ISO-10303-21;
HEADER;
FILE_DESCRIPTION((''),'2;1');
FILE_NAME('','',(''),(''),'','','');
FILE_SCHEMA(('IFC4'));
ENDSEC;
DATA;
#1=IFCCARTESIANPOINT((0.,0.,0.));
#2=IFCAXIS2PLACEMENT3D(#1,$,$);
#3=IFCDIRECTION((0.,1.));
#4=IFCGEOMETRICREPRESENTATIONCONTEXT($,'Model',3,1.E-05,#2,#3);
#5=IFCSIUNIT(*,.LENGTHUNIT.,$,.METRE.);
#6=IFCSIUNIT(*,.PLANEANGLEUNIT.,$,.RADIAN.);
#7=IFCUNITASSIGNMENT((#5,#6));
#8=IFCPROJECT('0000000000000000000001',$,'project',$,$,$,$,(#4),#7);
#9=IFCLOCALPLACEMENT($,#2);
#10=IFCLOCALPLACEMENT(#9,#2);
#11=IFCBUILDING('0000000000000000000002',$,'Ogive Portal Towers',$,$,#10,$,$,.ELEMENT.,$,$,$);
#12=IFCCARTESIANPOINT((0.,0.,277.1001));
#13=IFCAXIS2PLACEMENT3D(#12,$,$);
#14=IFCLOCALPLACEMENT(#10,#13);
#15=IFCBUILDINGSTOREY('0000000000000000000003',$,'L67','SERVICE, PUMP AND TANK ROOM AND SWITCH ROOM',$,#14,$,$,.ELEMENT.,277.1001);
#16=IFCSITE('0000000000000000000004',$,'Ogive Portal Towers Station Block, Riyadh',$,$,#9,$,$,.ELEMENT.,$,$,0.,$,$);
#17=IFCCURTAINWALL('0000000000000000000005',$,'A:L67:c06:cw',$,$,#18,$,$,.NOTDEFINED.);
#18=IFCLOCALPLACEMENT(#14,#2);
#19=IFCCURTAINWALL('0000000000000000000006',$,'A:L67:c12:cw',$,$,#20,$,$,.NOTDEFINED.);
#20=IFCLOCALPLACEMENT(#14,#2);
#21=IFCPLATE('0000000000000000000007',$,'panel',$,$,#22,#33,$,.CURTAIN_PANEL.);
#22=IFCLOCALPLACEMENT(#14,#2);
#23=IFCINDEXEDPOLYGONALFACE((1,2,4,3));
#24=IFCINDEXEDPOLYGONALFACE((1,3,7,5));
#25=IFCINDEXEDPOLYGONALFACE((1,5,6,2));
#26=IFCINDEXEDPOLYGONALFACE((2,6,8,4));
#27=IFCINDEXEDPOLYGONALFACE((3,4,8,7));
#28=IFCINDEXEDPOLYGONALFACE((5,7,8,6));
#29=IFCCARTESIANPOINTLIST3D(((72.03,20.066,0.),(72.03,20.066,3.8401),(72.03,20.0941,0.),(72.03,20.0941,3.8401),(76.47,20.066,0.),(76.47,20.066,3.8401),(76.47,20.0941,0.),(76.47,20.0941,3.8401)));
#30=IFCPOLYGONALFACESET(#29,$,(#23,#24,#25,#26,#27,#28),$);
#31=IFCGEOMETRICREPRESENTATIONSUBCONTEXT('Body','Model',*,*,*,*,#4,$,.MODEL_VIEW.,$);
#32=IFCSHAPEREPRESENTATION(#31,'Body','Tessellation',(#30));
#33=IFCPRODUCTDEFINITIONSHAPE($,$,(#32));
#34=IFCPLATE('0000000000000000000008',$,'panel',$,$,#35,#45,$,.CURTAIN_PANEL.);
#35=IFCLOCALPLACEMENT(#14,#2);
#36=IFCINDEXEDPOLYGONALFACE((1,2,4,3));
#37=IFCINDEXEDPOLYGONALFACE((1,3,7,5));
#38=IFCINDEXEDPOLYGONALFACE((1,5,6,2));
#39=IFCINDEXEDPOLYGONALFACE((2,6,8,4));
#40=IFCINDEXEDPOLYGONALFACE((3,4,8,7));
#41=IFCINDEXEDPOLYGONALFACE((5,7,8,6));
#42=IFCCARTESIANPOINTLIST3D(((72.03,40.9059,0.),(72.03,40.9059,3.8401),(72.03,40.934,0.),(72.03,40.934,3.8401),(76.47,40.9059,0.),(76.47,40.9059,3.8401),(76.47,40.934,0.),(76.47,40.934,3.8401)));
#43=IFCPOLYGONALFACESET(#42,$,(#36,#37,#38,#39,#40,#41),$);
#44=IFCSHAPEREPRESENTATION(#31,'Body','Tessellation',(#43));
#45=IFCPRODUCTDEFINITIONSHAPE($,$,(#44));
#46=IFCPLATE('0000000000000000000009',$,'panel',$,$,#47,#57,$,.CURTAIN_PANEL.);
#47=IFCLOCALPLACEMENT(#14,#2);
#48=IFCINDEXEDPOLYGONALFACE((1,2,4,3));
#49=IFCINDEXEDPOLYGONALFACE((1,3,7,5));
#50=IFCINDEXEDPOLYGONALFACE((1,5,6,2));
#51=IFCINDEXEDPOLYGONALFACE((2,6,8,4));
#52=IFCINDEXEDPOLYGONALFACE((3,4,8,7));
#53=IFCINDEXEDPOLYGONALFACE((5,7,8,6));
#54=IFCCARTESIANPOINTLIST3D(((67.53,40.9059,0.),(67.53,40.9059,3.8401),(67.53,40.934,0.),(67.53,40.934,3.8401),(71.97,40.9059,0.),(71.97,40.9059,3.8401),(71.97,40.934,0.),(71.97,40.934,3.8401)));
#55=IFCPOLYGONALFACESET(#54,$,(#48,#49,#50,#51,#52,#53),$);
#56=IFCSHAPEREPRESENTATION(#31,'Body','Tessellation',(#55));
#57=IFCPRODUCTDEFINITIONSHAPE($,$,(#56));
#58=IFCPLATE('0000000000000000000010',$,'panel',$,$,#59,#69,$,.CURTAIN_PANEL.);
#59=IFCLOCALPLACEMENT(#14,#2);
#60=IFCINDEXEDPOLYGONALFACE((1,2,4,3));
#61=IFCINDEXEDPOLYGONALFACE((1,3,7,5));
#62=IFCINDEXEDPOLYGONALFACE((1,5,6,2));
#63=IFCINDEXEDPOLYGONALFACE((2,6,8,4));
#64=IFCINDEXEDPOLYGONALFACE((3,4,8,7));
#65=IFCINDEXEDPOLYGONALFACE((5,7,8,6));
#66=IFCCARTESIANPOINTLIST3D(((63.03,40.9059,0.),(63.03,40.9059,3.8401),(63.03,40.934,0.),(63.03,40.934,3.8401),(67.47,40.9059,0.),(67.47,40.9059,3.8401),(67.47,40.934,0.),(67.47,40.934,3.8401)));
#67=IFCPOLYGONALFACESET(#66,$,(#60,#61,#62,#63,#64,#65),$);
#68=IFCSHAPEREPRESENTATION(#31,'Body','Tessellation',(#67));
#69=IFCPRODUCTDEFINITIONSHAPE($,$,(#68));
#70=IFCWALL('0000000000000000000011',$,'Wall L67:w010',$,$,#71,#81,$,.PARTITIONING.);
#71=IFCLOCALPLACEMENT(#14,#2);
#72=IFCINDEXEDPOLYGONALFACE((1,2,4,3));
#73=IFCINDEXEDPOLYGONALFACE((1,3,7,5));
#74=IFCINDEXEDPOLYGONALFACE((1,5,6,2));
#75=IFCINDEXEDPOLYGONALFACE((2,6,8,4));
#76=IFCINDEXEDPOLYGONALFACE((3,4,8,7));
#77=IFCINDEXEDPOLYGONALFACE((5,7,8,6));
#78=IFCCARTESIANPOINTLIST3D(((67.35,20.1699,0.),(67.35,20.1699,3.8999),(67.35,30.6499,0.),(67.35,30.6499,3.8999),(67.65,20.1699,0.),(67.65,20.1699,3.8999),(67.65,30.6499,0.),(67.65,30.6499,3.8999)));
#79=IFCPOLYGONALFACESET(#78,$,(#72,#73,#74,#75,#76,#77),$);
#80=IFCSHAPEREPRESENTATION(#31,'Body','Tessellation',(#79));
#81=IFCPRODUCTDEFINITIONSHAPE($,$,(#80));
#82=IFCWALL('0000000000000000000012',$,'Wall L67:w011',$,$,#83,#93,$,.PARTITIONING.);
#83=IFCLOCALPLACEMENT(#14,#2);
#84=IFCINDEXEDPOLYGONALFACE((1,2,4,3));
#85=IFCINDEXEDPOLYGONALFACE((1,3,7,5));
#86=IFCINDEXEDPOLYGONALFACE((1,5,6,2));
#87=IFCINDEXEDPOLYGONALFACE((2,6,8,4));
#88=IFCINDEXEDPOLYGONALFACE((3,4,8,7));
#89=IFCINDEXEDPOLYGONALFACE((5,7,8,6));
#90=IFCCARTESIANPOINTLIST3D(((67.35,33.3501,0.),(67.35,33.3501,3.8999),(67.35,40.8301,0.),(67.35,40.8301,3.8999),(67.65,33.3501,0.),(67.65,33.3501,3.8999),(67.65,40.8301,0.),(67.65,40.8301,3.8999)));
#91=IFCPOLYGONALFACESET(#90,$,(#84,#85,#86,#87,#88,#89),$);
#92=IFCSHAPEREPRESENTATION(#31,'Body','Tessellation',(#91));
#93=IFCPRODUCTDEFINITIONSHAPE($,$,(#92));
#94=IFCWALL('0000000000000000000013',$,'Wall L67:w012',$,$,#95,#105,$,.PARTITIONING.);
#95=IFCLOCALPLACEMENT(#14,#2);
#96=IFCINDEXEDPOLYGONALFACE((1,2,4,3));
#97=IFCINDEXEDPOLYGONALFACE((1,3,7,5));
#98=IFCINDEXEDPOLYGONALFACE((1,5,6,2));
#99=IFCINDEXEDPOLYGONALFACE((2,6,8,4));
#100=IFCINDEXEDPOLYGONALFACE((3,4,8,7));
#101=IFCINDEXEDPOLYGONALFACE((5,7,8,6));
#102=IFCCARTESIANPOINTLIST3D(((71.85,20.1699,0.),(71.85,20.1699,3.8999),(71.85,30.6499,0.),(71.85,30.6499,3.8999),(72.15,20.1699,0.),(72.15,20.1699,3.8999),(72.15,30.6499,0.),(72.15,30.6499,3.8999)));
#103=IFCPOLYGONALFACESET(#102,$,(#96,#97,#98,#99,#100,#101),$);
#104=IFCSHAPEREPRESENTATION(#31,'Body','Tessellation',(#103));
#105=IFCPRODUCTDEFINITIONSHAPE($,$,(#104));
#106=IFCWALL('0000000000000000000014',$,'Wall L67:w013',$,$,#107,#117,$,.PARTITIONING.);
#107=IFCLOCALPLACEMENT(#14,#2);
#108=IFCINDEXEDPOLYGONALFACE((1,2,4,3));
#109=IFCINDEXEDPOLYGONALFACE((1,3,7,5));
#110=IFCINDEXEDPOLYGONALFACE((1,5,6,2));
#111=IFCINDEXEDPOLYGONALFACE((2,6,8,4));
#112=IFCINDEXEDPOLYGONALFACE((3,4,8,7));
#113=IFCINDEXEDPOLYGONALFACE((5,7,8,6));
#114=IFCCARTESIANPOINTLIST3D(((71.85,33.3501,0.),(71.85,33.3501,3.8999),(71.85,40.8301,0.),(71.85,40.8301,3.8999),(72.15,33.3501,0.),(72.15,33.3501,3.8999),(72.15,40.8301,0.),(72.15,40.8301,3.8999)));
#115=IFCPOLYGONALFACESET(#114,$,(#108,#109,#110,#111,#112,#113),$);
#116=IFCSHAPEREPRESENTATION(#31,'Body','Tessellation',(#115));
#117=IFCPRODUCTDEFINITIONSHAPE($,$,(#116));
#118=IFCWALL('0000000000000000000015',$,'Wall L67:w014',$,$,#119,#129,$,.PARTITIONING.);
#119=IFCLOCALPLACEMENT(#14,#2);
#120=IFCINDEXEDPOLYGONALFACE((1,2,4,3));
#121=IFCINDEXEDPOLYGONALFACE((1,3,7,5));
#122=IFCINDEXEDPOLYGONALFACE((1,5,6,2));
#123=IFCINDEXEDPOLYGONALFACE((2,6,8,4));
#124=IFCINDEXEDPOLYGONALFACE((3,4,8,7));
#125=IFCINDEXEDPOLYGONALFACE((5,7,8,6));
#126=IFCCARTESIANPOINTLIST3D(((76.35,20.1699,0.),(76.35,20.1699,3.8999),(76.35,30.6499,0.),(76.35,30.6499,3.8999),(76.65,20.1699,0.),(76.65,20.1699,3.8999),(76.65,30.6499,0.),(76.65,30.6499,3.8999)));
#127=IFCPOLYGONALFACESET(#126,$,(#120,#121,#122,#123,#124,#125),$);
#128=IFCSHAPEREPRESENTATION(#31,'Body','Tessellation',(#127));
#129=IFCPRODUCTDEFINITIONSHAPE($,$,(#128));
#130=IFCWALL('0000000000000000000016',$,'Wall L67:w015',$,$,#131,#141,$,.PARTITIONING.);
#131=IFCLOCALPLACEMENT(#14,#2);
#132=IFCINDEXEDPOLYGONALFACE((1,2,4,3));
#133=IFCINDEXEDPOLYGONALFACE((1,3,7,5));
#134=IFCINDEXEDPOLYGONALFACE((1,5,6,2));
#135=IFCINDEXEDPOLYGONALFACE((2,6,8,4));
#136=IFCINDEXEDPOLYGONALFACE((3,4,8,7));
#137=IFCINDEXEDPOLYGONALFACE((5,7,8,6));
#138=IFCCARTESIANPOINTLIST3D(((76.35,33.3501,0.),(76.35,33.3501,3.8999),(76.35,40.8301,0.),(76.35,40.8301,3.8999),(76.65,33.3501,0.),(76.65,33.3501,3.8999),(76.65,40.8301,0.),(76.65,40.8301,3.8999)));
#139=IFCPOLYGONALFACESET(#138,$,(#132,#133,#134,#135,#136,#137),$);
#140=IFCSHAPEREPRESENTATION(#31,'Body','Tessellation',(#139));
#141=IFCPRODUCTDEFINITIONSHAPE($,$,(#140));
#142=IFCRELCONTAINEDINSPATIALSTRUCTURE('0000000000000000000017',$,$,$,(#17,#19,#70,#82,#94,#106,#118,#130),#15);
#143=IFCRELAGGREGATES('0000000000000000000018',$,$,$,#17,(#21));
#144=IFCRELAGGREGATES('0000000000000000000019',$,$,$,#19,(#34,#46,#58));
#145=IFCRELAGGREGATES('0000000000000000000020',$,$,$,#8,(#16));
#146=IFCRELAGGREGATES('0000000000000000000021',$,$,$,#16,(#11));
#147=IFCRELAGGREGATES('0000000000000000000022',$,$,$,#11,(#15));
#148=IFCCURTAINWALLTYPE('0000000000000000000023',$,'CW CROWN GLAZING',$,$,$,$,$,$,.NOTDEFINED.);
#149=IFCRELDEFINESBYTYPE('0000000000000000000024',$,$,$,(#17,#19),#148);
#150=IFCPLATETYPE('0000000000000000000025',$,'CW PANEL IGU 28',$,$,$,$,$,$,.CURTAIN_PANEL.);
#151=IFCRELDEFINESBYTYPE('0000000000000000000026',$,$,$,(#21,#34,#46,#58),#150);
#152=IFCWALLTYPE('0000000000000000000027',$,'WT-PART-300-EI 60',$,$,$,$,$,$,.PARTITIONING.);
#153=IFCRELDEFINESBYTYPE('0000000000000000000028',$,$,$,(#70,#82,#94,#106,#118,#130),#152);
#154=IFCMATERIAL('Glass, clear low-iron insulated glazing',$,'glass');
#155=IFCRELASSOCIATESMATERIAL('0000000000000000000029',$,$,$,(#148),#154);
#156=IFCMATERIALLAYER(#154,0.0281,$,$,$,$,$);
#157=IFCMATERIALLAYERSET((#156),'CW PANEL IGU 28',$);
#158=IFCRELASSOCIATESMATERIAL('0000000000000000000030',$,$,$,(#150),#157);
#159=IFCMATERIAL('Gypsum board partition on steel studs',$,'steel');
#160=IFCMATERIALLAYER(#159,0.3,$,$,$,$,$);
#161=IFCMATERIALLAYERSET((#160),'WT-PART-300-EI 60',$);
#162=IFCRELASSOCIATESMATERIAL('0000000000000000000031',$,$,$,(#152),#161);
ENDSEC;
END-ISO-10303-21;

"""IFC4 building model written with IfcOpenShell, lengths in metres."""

from ifc_helpers import new_model, si_unit, direction, frame, frame_2d, origin, origin_2d, place, context, subcontext, project, spatial, rectangle, extrude, material, layer, layer_set, type_object, element, aggregate, save


model = new_model("IFC4")

# Units and contexts
model_context = context("Model", 3, precision=1e-05, world=origin(), true_north=direction((0.0, 1.0)))
body_context = subcontext(model_context, "Body", "Model", "MODEL_VIEW")
ifc_project = project(units=[si_unit("LENGTHUNIT", "METRE"), si_unit("PLANEANGLEUNIT", "RADIAN")], contexts=[model_context])

# Site, building, storey
site_placement = place(None, origin())
site = spatial("IfcSite", under=ifc_project, at=site_placement, Name="Ogive Portal Towers Station Block, Riyadh", CompositionType="ELEMENT", RefElevation=0.0)
building_placement = place(site_placement, origin())
building = spatial("IfcBuilding", under=site, at=building_placement, Name="Ogive Portal Towers", CompositionType="ELEMENT")
storey_placement = place(building_placement, frame((0.0, 0.0, 277.1001)))
storey = spatial("IfcBuildingStorey", under=building, at=storey_placement, Name="L67", Description="SERVICE, PUMP AND TANK ROOM AND SWITCH ROOM", CompositionType="ELEMENT", Elevation=277.1001)

# Curtain walls
ifc_material_1 = material(Name="Glass, clear low-iron insulated glazing", Category="glass")
curtain_wall_type = type_object("IfcCurtainWallType", Name="CW CROWN GLAZING", PredefinedType="NOTDEFINED", material=ifc_material_1)
curtain_wall_1_placement = place(storey_placement, origin())
curtain_wall_1 = element("IfcCurtainWall", 1, at=curtain_wall_1_placement, inside=storey, type_object=curtain_wall_type, Name="A:L67:c06:cw", PredefinedType="NOTDEFINED")
curtain_wall_2_placement = place(storey_placement, origin())
curtain_wall_2 = element("IfcCurtainWall", 2, at=curtain_wall_2_placement, inside=storey, type_object=curtain_wall_type, Name="A:L67:c12:cw", PredefinedType="NOTDEFINED")

# Plates
ifc_layer_1 = layer(ifc_material_1, 0.0281)
ifc_layer_set_1 = layer_set([ifc_layer_1], Name="CW PANEL IGU 28")
plate_type = type_object("IfcPlateType", Name="CW PANEL IGU 28", PredefinedType="CURTAIN_PANEL", material=ifc_layer_set_1)
plate_1_placement = place(storey_placement, frame((74.25, 20.0801, 0.0), z_axis=(0.0, 0.0, 1.0), x_axis=(1.0, 0.0, 0.0)))
plate_1 = element("IfcPlate", 3, at=plate_1_placement, type_object=plate_type, Name="panel", PredefinedType="CURTAIN_PANEL", context=body_context, shape_type="SweptSolid", body=[
    extrude(rectangle(XDim=4.4399, YDim=0.0281, at=origin_2d()), origin(), (0.0, 0.0, 1.0), 3.8401),
])
aggregate(curtain_wall_1, [plate_1])
plate_2_placement = place(storey_placement, frame((74.25, 40.9199, 0.0), z_axis=(0.0, 0.0, 1.0), x_axis=(-1.0, 0.0, 0.0)))
plate_2 = element("IfcPlate", 4, at=plate_2_placement, type_object=plate_type, Name="panel", PredefinedType="CURTAIN_PANEL", context=body_context, shape_type="SweptSolid", body=[
    extrude(rectangle(XDim=4.4399, YDim=0.0281, at=origin_2d()), origin(), (0.0, 0.0, 1.0), 3.8401),
])
plate_3_placement = place(storey_placement, frame((69.75, 40.9199, 0.0), z_axis=(0.0, 0.0, 1.0), x_axis=(-1.0, 0.0, 0.0)))
plate_3 = element("IfcPlate", 5, at=plate_3_placement, type_object=plate_type, Name="panel", PredefinedType="CURTAIN_PANEL", context=body_context, shape_type="SweptSolid", body=[
    extrude(rectangle(XDim=4.4399, YDim=0.0281, at=origin_2d()), origin(), (0.0, 0.0, 1.0), 3.8401),
])
plate_4_placement = place(storey_placement, frame((65.25, 40.9199, 0.0), z_axis=(0.0, 0.0, 1.0), x_axis=(-1.0, 0.0, 0.0)))
plate_4 = element("IfcPlate", 6, at=plate_4_placement, type_object=plate_type, Name="panel", PredefinedType="CURTAIN_PANEL", context=body_context, shape_type="SweptSolid", body=[
    extrude(rectangle(XDim=4.4399, YDim=0.0281, at=origin_2d()), origin(), (0.0, 0.0, 1.0), 3.8401),
])
aggregate(curtain_wall_2, [plate_2, plate_3, plate_4])

# Walls
ifc_material_2 = material(Name="Gypsum board partition on steel studs", Category="steel")
ifc_layer_2 = layer(ifc_material_2, 0.3)
ifc_layer_set_2 = layer_set([ifc_layer_2], Name="WT-PART-300-EI 60")
wall_type = type_object("IfcWallType", Name="WT-PART-300-EI 60", PredefinedType="PARTITIONING", material=ifc_layer_set_2)
wall_1_placement = place(storey_placement, frame((67.5, 20.1699, 0.0), z_axis=(0.0, 0.0, 1.0), x_axis=(0.0, 1.0, 0.0)))
element("IfcWall", 7, at=wall_1_placement, inside=storey, type_object=wall_type, Name="Wall L67:w010", PredefinedType="PARTITIONING", context=body_context, shape_type="SweptSolid", body=[
    extrude(rectangle(XDim=10.48, YDim=0.3, at=frame_2d((5.24, 0.0))), origin(), (0.0, 0.0, 1.0), 3.8999),
])
wall_2_placement = place(storey_placement, frame((67.5, 33.3501, 0.0), z_axis=(0.0, 0.0, 1.0), x_axis=(0.0, 1.0, 0.0)))
element("IfcWall", 8, at=wall_2_placement, inside=storey, type_object=wall_type, Name="Wall L67:w011", PredefinedType="PARTITIONING", context=body_context, shape_type="SweptSolid", body=[
    extrude(rectangle(XDim=7.48, YDim=0.3, at=frame_2d((3.74, 0.0))), origin(), (0.0, 0.0, 1.0), 3.8999),
])
wall_3_placement = place(storey_placement, frame((72.0, 20.1699, 0.0), z_axis=(0.0, 0.0, 1.0), x_axis=(0.0, 1.0, 0.0)))
element("IfcWall", 9, at=wall_3_placement, inside=storey, type_object=wall_type, Name="Wall L67:w012", PredefinedType="PARTITIONING", context=body_context, shape_type="SweptSolid", body=[
    extrude(rectangle(XDim=10.48, YDim=0.3, at=frame_2d((5.24, 0.0))), origin(), (0.0, 0.0, 1.0), 3.8999),
])
wall_4_placement = place(storey_placement, frame((72.0, 33.3501, 0.0), z_axis=(0.0, 0.0, 1.0), x_axis=(0.0, 1.0, 0.0)))
element("IfcWall", 10, at=wall_4_placement, inside=storey, type_object=wall_type, Name="Wall L67:w013", PredefinedType="PARTITIONING", context=body_context, shape_type="SweptSolid", body=[
    extrude(rectangle(XDim=7.48, YDim=0.3, at=frame_2d((3.74, 0.0))), origin(), (0.0, 0.0, 1.0), 3.8999),
])
wall_5_placement = place(storey_placement, frame((76.5, 20.1699, 0.0), z_axis=(0.0, 0.0, 1.0), x_axis=(0.0, 1.0, 0.0)))
element("IfcWall", 11, at=wall_5_placement, inside=storey, type_object=wall_type, Name="Wall L67:w014", PredefinedType="PARTITIONING", context=body_context, shape_type="SweptSolid", body=[
    extrude(rectangle(XDim=10.48, YDim=0.3, at=frame_2d((5.24, 0.0))), origin(), (0.0, 0.0, 1.0), 3.8999),
])
wall_6_placement = place(storey_placement, frame((76.5, 33.3501, 0.0), z_axis=(0.0, 0.0, 1.0), x_axis=(0.0, 1.0, 0.0)))
element("IfcWall", 12, at=wall_6_placement, inside=storey, type_object=wall_type, Name="Wall L67:w015", PredefinedType="PARTITIONING", context=body_context, shape_type="SweptSolid", body=[
    extrude(rectangle(XDim=7.48, YDim=0.3, at=frame_2d((3.74, 0.0))), origin(), (0.0, 0.0, 1.0), 3.8999),
])

save(model, "model.ifc")
